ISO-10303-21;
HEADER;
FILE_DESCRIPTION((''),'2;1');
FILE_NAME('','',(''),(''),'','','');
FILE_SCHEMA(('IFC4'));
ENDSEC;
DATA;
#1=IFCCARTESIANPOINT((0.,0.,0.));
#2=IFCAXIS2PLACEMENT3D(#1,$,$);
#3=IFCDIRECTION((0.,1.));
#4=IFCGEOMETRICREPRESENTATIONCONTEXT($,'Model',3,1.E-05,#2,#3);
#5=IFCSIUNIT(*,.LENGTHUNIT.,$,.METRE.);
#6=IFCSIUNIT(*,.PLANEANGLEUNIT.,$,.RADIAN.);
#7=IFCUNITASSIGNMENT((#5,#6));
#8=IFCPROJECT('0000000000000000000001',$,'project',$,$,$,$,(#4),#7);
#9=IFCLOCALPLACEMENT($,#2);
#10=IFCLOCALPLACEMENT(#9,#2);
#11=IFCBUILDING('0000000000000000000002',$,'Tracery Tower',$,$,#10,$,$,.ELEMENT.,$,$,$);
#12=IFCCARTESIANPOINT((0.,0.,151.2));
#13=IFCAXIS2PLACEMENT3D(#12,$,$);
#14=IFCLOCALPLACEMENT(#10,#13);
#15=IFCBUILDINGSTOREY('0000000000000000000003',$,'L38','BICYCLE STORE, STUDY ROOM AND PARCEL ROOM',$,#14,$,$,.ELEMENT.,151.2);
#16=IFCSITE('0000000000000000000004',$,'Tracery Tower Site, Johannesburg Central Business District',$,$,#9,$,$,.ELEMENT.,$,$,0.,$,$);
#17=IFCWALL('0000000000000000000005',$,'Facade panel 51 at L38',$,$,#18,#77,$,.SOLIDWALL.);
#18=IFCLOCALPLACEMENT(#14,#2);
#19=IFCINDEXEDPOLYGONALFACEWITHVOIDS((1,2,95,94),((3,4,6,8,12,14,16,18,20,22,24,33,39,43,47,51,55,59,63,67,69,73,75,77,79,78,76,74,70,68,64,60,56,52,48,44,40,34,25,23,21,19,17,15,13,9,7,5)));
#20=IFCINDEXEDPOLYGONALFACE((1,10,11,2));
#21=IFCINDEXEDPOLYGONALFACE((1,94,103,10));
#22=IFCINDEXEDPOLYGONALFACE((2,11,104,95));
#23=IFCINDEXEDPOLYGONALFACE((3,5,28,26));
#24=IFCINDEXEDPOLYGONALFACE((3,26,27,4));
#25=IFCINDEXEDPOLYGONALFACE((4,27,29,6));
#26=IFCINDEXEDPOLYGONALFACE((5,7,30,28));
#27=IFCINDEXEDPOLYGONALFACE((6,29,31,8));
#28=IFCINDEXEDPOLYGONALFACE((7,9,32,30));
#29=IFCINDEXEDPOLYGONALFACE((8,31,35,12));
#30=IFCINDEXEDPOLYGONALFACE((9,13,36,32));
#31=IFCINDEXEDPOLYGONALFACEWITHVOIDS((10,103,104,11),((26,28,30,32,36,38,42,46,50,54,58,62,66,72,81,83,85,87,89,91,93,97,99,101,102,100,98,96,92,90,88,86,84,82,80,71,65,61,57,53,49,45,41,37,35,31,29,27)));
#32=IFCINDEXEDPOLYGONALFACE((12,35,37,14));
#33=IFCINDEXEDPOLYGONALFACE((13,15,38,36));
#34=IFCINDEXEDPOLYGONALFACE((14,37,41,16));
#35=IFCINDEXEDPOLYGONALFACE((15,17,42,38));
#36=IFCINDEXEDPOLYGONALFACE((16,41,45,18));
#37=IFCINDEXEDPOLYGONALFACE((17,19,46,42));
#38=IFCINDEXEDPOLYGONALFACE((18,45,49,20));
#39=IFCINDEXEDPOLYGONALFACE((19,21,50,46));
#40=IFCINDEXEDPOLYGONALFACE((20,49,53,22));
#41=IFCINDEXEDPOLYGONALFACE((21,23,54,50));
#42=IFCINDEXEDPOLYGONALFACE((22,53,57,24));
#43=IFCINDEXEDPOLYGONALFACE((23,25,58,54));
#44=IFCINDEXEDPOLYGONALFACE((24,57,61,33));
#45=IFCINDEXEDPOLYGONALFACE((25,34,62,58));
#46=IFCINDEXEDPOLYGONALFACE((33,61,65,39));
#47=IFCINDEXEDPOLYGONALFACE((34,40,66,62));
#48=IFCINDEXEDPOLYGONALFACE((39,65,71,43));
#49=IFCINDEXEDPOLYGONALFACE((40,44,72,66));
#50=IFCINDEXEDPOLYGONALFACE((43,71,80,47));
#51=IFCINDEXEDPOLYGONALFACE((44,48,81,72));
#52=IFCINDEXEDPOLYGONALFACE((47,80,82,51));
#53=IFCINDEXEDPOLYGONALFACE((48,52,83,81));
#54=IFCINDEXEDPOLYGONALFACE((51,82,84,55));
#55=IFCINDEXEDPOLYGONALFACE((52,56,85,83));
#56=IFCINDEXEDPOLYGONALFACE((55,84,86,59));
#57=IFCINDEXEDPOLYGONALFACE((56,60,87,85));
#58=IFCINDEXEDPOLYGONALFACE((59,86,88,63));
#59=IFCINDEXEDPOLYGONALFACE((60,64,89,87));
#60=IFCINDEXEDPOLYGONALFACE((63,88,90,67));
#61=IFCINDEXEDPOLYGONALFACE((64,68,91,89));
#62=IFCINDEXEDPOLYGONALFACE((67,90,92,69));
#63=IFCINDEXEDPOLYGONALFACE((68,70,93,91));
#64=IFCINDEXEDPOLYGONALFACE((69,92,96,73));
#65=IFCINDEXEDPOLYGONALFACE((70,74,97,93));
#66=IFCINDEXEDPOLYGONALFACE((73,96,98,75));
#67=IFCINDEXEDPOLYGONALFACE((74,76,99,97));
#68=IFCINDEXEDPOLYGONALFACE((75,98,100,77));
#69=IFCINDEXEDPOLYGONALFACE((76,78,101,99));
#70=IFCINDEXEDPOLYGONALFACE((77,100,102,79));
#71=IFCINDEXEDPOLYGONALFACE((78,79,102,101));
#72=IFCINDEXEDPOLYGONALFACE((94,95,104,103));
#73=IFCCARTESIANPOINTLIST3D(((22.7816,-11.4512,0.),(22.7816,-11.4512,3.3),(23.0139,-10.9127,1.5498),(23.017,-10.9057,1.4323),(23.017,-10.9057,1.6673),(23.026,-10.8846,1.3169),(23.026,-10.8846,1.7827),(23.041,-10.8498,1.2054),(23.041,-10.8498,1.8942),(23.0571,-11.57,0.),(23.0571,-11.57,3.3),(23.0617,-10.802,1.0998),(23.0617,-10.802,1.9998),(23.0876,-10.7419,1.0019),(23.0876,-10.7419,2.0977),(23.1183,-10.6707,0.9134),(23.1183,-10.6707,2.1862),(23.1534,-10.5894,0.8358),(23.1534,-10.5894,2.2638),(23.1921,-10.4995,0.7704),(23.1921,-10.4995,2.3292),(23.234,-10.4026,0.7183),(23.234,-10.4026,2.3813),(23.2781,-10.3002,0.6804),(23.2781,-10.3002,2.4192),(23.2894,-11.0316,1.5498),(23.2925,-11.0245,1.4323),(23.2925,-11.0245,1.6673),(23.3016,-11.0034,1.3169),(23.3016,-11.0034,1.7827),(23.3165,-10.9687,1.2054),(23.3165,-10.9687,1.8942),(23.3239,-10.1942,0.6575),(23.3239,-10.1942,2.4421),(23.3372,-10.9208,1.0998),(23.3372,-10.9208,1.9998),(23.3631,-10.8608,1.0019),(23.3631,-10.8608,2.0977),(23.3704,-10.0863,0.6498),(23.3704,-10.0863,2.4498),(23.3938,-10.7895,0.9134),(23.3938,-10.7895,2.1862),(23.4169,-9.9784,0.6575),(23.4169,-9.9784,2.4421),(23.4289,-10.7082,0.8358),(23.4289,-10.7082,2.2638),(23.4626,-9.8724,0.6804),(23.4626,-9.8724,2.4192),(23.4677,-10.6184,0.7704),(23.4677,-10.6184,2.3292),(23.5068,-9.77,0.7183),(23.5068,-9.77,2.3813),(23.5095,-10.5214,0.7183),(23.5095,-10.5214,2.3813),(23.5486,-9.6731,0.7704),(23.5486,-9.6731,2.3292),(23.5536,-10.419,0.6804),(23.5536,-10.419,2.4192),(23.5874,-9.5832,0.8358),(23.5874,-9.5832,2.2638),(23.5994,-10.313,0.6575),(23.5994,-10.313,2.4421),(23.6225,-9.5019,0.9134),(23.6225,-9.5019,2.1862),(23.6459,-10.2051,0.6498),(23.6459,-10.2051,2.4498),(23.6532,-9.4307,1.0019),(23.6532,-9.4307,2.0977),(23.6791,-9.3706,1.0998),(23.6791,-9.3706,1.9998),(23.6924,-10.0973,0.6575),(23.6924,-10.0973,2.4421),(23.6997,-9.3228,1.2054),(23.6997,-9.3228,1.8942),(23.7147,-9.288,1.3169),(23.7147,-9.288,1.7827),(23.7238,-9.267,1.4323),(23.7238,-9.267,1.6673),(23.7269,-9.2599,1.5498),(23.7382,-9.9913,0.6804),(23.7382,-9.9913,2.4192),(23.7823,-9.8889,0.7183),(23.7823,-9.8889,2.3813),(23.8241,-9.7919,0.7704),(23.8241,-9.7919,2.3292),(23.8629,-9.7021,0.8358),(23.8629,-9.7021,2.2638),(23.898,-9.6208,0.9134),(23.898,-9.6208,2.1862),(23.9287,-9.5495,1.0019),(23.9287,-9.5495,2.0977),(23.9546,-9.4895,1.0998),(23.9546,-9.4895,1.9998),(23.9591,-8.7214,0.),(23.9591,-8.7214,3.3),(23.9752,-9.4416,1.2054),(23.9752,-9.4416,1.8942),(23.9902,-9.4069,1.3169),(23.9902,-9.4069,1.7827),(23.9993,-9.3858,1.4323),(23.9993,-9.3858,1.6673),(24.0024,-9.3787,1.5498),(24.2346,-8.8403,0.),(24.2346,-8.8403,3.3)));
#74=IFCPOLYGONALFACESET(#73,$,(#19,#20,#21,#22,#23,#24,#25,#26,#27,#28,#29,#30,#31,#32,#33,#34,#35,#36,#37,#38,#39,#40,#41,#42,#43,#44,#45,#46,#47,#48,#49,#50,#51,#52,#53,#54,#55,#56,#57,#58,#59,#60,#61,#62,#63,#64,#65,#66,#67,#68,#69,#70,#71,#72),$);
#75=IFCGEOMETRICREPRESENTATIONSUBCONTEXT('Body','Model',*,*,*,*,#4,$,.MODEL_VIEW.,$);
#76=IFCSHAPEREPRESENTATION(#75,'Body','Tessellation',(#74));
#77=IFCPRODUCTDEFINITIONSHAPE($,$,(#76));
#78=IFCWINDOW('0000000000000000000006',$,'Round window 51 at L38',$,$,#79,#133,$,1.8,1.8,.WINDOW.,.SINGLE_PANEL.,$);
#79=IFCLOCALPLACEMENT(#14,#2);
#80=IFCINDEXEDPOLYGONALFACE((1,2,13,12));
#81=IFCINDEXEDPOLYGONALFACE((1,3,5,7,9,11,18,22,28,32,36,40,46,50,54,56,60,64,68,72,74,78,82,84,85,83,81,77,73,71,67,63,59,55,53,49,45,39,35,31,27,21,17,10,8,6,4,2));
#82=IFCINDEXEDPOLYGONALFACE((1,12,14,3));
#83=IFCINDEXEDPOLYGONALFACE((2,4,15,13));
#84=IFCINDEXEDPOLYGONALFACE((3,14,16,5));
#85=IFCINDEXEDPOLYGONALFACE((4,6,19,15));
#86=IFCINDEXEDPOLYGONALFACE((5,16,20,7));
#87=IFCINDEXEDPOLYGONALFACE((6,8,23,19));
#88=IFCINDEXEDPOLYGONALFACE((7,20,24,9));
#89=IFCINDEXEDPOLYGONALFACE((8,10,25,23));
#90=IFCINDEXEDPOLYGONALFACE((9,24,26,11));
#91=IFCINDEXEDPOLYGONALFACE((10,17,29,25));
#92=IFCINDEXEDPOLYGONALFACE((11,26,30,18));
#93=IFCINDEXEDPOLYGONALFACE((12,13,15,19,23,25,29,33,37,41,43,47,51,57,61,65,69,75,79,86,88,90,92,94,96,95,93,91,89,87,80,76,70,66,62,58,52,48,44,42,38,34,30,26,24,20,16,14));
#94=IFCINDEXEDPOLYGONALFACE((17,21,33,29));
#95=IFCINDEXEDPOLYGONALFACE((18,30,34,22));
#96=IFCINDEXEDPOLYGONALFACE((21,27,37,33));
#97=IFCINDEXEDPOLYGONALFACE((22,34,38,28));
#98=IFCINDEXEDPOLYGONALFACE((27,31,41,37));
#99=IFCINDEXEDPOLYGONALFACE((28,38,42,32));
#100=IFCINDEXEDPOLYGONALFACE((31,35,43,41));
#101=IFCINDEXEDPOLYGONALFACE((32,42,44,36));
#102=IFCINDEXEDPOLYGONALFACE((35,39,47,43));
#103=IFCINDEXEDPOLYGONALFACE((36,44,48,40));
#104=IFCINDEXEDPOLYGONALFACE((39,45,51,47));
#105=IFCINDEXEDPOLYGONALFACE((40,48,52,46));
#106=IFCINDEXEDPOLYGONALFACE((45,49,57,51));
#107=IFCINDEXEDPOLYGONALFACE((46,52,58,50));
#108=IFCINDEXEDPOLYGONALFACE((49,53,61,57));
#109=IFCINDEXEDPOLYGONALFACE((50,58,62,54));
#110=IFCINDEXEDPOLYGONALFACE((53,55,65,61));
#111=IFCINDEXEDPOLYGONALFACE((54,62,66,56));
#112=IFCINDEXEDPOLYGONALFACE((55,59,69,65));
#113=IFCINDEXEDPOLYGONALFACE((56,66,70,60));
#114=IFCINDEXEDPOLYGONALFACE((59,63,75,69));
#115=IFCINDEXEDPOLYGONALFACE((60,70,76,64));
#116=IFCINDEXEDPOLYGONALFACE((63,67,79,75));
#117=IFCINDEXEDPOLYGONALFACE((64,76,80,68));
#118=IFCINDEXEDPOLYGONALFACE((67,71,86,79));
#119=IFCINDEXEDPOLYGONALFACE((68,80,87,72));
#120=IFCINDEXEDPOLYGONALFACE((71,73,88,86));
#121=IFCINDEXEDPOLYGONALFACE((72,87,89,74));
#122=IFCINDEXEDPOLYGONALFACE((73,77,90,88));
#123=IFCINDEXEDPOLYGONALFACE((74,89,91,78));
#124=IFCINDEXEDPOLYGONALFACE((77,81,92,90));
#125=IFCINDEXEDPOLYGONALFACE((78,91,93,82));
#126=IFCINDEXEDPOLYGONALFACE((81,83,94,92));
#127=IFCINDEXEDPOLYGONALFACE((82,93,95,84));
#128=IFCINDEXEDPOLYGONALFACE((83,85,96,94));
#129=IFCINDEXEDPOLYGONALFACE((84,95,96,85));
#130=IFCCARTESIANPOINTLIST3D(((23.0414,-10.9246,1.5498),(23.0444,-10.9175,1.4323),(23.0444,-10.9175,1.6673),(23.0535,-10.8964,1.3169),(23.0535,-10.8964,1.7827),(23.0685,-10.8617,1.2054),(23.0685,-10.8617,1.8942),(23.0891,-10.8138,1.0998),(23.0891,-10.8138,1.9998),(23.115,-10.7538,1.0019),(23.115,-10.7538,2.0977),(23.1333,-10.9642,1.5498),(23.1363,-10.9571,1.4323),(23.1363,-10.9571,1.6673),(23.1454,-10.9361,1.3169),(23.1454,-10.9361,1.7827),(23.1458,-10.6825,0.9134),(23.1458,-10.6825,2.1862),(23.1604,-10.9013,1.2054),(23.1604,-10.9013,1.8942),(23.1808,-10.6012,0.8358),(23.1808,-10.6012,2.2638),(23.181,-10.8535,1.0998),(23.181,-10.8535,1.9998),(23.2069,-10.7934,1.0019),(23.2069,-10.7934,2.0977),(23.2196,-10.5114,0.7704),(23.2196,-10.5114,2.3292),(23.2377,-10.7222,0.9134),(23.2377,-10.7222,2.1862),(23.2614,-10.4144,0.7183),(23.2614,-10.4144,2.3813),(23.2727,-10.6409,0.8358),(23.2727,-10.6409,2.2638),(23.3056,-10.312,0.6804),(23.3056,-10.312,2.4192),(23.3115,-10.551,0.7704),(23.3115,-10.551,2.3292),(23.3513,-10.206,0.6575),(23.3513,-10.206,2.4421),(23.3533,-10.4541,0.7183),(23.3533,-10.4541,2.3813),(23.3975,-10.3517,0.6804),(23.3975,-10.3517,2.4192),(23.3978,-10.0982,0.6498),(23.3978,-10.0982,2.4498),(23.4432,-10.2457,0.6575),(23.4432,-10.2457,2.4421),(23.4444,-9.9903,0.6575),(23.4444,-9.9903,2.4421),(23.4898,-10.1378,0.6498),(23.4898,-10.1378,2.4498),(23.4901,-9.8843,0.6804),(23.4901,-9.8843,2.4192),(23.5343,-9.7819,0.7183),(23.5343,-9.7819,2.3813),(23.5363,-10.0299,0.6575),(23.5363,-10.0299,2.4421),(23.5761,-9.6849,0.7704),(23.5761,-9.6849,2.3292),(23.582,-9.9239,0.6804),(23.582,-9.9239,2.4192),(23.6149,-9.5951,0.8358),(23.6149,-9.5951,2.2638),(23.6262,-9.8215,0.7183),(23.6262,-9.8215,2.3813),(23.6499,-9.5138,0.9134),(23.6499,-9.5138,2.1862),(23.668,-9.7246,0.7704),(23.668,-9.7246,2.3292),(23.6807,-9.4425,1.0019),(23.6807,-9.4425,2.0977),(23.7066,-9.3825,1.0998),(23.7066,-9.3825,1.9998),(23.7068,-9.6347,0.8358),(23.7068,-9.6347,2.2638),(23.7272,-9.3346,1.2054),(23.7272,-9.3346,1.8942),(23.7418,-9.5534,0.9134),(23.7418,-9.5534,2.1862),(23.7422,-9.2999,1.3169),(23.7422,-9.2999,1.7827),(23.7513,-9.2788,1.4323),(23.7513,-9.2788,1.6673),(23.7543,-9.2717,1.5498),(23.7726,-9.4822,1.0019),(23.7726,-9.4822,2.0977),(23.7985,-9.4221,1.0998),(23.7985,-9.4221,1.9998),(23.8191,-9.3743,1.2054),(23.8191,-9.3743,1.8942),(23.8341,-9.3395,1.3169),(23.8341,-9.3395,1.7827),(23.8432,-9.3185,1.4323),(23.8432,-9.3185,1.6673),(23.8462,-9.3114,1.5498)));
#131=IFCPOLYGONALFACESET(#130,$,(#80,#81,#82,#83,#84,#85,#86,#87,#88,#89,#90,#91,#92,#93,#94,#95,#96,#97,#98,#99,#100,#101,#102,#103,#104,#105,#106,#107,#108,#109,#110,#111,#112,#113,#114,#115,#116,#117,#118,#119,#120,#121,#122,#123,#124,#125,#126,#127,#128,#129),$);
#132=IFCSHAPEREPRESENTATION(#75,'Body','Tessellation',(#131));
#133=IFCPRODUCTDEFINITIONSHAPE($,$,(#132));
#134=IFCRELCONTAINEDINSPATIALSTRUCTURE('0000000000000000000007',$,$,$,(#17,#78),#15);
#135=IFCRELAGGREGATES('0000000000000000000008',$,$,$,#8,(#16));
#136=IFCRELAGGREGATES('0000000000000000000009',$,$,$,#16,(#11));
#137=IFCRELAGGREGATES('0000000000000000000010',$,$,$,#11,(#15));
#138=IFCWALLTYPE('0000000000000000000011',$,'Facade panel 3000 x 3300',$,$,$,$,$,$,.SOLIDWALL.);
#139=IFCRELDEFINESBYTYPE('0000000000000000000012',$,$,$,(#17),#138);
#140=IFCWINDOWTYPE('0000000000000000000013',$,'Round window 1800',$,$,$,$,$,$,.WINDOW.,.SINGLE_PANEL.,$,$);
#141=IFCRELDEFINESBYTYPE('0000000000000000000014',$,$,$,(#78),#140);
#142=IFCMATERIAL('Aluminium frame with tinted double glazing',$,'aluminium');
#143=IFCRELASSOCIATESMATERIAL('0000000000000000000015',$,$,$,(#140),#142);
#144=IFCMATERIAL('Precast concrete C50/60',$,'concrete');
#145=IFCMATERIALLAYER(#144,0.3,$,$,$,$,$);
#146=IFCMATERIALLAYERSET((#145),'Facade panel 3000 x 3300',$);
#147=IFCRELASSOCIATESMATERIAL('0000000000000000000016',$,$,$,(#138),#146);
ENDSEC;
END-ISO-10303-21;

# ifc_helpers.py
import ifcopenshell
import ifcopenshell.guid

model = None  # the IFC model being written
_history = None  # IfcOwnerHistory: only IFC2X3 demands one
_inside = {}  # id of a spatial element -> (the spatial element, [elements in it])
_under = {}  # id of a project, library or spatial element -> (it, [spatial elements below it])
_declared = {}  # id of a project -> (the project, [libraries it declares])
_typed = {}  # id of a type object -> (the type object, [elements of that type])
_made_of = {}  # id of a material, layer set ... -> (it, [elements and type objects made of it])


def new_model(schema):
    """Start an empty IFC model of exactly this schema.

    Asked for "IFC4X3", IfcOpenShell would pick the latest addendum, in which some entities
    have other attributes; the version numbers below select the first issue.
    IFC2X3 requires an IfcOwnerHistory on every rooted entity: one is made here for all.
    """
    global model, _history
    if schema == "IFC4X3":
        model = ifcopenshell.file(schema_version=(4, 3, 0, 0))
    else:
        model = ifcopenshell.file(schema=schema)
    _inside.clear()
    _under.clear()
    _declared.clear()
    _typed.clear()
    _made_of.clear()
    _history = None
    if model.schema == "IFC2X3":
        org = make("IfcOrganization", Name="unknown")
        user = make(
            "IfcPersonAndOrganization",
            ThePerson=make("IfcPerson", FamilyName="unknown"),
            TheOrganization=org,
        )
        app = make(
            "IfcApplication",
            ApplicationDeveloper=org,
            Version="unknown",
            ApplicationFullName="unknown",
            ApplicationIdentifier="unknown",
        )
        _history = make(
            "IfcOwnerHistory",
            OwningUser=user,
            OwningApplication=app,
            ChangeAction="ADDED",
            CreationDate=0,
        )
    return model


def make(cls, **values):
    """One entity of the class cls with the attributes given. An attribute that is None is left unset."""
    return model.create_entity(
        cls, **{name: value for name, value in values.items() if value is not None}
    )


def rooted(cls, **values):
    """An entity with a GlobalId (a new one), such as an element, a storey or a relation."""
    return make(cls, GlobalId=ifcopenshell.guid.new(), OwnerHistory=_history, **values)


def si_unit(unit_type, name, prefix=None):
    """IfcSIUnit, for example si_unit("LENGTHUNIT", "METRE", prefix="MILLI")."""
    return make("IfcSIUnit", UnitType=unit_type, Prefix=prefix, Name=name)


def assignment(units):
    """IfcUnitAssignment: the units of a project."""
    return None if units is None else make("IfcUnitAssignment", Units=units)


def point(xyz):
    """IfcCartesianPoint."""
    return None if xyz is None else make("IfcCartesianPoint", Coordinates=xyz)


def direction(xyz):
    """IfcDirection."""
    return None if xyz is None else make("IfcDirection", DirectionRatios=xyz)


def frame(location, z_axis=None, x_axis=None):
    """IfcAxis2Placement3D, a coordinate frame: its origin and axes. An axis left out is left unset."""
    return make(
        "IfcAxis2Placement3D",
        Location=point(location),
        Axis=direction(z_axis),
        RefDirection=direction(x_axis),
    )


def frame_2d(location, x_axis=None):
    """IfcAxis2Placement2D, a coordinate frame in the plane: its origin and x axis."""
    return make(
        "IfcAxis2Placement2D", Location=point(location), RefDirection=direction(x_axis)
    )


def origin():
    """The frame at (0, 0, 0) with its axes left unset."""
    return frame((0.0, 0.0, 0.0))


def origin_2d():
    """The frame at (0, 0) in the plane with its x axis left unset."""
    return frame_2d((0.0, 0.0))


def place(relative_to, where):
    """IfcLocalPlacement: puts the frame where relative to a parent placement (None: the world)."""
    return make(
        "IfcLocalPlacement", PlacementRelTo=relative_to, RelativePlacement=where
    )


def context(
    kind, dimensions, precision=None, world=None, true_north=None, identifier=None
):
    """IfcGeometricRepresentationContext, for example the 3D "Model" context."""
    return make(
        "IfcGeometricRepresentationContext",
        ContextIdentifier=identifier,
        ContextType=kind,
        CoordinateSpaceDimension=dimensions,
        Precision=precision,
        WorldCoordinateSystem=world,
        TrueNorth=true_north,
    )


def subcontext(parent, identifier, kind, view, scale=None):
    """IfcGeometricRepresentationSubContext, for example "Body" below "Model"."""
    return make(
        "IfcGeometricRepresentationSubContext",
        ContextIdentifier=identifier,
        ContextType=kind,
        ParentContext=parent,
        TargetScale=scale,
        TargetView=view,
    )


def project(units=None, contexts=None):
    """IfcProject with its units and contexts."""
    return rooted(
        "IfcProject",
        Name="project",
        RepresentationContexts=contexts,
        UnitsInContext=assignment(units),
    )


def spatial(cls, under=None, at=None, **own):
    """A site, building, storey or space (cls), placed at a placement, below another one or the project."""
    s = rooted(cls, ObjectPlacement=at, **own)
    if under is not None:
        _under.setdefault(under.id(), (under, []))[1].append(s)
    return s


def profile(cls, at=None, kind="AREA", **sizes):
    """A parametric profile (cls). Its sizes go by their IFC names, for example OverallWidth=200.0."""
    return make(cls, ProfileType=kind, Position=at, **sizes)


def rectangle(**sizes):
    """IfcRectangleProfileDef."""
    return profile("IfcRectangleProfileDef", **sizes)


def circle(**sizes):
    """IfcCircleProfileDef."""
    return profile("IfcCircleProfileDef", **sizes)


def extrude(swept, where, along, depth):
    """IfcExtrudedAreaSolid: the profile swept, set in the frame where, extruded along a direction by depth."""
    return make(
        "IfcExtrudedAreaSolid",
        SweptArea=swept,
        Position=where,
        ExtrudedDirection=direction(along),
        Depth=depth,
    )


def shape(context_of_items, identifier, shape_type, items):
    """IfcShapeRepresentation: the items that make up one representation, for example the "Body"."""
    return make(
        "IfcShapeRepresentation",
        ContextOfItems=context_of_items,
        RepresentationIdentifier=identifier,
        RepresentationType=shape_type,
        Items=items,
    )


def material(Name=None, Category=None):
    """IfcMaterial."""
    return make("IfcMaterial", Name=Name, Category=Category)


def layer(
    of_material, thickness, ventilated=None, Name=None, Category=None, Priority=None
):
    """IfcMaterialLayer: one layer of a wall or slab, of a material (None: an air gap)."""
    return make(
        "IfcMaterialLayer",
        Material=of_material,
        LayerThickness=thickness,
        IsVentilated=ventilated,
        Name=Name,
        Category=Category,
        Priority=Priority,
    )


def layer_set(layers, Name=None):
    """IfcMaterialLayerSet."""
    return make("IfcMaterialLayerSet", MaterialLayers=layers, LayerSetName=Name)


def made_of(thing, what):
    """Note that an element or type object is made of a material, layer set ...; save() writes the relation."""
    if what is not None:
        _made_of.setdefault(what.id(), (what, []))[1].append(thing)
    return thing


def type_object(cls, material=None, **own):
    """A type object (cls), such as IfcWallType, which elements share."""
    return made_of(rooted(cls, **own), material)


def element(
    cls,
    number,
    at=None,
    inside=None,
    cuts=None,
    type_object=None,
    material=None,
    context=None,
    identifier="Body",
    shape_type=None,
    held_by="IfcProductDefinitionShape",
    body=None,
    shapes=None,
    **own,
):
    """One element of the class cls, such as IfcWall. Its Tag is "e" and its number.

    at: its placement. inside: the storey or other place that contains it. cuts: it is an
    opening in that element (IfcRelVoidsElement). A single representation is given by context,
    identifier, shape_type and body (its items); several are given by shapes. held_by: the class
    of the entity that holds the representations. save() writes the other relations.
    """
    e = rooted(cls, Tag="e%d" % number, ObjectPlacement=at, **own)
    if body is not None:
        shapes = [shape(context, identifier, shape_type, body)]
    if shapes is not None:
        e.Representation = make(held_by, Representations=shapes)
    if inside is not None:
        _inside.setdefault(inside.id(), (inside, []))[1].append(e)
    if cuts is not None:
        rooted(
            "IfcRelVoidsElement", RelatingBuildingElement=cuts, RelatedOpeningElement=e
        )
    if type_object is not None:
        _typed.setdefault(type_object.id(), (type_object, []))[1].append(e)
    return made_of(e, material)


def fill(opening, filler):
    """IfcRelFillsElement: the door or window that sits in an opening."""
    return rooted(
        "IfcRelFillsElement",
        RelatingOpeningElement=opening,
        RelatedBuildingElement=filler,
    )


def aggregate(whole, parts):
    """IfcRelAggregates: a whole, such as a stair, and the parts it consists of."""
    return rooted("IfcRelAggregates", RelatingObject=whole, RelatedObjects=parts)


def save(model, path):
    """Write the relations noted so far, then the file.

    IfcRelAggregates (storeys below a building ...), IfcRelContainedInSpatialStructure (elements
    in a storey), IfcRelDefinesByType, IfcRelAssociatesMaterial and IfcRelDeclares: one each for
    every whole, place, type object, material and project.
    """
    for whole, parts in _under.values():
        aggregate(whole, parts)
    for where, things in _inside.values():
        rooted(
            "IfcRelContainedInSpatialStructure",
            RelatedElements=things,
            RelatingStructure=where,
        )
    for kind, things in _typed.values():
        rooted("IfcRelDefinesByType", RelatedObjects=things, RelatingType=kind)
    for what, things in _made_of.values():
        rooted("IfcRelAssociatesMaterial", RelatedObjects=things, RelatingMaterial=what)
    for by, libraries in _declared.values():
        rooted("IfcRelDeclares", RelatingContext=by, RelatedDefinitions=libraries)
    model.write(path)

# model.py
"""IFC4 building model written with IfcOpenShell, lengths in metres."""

from ifc_helpers import new_model, si_unit, direction, frame, frame_2d, origin, origin_2d, place, context, subcontext, project, spatial, rectangle, circle, extrude, material, layer, layer_set, type_object, element, fill, save


model = new_model("IFC4")

# Units and contexts
model_context = context("Model", 3, precision=1e-05, world=origin(), true_north=direction((0.0, 1.0)))
body_context = subcontext(model_context, "Body", "Model", "MODEL_VIEW")
ifc_project = project(units=[si_unit("LENGTHUNIT", "METRE"), si_unit("PLANEANGLEUNIT", "RADIAN")], contexts=[model_context])

# Site, building, storey
site_placement = place(None, origin())
site = spatial("IfcSite", under=ifc_project, at=site_placement, Name="Tracery Tower Site, Johannesburg Central Business District", CompositionType="ELEMENT", RefElevation=0.0)
building_placement = place(site_placement, origin())
building = spatial("IfcBuilding", under=site, at=building_placement, Name="Tracery Tower", CompositionType="ELEMENT")
storey_placement = place(building_placement, frame((0.0, 0.0, 151.2)))
storey = spatial("IfcBuildingStorey", under=building, at=storey_placement, Name="L38", Description="BICYCLE STORE, STUDY ROOM AND PARCEL ROOM", CompositionType="ELEMENT", Elevation=151.2)

# Wall, opening, window
ifc_material_1 = material(Name="Aluminium frame with tinted double glazing", Category="aluminium")
window_type = type_object("IfcWindowType", Name="Round window 1800", PartitioningType="SINGLE_PANEL", PredefinedType="WINDOW", material=ifc_material_1)
ifc_material_2 = material(Name="Precast concrete C50/60", Category="concrete")
ifc_layer_1 = layer(ifc_material_2, 0.3)
ifc_layer_set_1 = layer_set([ifc_layer_1], Name="Facade panel 3000 x 3300")
wall_type_1 = type_object("IfcWallType", Name="Facade panel 3000 x 3300", PredefinedType="SOLIDWALL", material=ifc_layer_set_1)
wall_1_placement = place(storey_placement, frame((22.9194, -11.5105, 0.0), z_axis=(0.0, 0.0, 1.0), x_axis=(0.396079, 0.918216, 0.0)))
wall_1 = element("IfcWall", 1, at=wall_1_placement, inside=storey, type_object=wall_type_1, Name="Facade panel 51 at L38", PredefinedType="SOLIDWALL", context=body_context, shape_type="SweptSolid", body=[
    extrude(rectangle(XDim=2.9729, YDim=0.3, at=frame_2d((1.4863, 0.0))), origin(), (0.0, 0.0, 1.0), 3.3),
])
opening_1_placement = place(wall_1_placement, frame((1.4863, 0.0, 1.5498)))
opening_1 = element("IfcOpeningElement", 2, at=opening_1_placement, cuts=wall_1, PredefinedType="OPENING", context=body_context, shape_type="SweptSolid", body=[
    extrude(circle(Radius=0.9, at=origin_2d()), frame((0.0, 0.1599, 0.0), z_axis=(0.0, -1.0, 0.0), x_axis=(1.0, 0.0, 0.0)), (0.0, 0.0, 1.0), 0.3201),
])
window_1_placement = place(opening_1_placement, origin())
window_1 = element("IfcWindow", 3, at=window_1_placement, inside=storey, type_object=window_type, Name="Round window 51 at L38", OverallHeight=1.8, OverallWidth=1.8, PartitioningType="SINGLE_PANEL", PredefinedType="WINDOW", context=body_context, shape_type="SweptSolid", body=[
    extrude(circle(Radius=0.9, at=origin_2d()), frame((0.0, 0.1201, 0.0), z_axis=(0.0, -1.0, 0.0), x_axis=(1.0, 0.0, 0.0)), (0.0, 0.0, 1.0), 0.1001),
])
fill(opening_1, window_1)

save(model, "model.ifc")
